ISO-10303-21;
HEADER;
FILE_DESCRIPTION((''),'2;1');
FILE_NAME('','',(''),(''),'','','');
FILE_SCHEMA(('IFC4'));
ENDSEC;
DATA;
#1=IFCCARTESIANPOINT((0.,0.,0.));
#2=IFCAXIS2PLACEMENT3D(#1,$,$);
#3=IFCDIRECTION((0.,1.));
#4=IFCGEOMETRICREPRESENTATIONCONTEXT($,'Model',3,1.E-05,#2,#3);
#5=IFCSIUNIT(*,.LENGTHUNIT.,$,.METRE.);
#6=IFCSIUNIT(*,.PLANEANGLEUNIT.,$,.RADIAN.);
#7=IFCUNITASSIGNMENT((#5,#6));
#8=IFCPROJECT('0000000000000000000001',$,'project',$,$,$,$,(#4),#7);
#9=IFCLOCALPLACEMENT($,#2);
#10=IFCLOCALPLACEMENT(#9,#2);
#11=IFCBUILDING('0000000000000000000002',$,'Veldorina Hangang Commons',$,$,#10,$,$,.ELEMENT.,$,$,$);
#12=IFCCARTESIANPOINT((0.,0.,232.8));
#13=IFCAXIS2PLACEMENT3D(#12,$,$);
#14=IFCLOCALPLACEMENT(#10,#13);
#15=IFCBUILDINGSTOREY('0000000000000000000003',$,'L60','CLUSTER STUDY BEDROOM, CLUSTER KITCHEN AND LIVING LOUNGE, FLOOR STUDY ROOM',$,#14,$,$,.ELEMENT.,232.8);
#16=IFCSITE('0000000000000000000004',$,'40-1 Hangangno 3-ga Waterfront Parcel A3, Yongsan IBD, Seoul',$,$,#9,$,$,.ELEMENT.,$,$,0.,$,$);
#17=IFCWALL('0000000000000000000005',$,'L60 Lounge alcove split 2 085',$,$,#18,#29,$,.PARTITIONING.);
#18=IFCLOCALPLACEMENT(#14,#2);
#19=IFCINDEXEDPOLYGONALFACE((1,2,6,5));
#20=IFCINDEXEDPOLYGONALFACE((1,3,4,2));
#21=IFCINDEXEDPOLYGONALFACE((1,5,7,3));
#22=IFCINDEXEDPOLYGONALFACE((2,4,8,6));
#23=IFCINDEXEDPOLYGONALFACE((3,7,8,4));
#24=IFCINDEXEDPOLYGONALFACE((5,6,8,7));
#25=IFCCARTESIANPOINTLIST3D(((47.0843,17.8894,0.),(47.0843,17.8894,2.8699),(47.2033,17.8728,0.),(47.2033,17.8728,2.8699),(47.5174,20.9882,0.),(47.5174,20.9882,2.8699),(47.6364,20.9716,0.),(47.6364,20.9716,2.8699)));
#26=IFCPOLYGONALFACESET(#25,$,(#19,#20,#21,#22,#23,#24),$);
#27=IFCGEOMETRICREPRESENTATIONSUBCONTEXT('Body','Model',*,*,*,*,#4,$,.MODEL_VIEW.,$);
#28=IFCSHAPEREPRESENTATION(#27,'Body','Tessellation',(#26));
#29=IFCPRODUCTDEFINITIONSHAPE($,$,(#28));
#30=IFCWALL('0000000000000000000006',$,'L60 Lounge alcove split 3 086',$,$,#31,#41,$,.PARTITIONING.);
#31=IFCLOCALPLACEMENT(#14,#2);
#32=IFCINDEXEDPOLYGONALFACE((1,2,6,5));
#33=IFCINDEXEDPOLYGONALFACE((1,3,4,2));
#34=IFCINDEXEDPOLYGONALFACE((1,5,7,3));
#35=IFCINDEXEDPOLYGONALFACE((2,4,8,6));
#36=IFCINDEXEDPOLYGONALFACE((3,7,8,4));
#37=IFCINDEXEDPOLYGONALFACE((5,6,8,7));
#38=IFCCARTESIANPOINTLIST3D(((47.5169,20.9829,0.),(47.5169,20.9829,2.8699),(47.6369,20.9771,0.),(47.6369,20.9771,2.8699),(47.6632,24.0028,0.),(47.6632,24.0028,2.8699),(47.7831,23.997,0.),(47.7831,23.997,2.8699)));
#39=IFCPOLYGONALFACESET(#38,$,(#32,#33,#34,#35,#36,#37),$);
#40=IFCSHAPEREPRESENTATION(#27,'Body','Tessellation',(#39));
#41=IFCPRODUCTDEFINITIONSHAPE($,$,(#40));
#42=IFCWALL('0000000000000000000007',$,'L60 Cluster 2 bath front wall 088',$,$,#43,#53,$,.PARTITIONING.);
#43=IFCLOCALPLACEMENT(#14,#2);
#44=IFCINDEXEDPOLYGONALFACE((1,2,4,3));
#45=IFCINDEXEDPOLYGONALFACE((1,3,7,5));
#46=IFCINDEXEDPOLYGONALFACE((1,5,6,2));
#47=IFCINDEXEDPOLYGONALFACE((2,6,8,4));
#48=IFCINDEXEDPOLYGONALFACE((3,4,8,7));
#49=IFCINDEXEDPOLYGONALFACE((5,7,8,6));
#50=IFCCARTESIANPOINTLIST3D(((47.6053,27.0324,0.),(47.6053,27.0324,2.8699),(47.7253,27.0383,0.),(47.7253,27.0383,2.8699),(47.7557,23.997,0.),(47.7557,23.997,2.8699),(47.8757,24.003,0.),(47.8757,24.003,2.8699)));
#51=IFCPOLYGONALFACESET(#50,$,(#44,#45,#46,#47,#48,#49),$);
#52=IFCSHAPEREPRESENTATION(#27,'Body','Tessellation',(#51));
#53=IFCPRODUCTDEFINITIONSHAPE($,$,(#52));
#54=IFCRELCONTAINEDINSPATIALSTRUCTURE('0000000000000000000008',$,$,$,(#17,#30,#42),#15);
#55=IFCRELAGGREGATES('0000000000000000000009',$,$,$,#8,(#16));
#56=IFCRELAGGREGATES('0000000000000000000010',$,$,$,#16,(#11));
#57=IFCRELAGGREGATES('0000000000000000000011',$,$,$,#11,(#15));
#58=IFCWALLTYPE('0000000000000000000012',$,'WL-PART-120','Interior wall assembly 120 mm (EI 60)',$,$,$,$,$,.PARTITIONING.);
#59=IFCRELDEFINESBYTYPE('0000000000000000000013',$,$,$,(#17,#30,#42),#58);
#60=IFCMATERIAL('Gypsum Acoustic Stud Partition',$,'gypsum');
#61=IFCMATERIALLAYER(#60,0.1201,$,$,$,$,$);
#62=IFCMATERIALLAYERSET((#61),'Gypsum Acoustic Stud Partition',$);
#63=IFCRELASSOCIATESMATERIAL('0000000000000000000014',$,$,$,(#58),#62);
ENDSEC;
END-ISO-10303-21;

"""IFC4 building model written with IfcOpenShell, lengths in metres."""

from ifc_helpers import new_model, si_unit, direction, frame, frame_2d, origin, place, context, subcontext, project, spatial, rectangle, extrude, material, layer, layer_set, type_object, element, save


model = new_model("IFC4")

# Units and contexts
model_context = context("Model", 3, precision=1e-05, world=origin(), true_north=direction((0.0, 1.0)))
body_context = subcontext(model_context, "Body", "Model", "MODEL_VIEW")
ifc_project = project(units=[si_unit("LENGTHUNIT", "METRE"), si_unit("PLANEANGLEUNIT", "RADIAN")], contexts=[model_context])

# Site, building, storey
site_placement = place(None, origin())
site = spatial("IfcSite", under=ifc_project, at=site_placement, Name="40-1 Hangangno 3-ga Waterfront Parcel A3, Yongsan IBD, Seoul", CompositionType="ELEMENT", RefElevation=0.0)
building_placement = place(site_placement, origin())
building = spatial("IfcBuilding", under=site, at=building_placement, Name="Veldorina Hangang Commons", CompositionType="ELEMENT")
storey_placement = place(building_placement, frame((0.0, 0.0, 232.8)))
storey = spatial("IfcBuildingStorey", under=building, at=storey_placement, Name="L60", Description="CLUSTER STUDY BEDROOM, CLUSTER KITCHEN AND LIVING LOUNGE, FLOOR STUDY ROOM", CompositionType="ELEMENT", Elevation=232.8)

# Walls
ifc_material_1 = material(Name="Gypsum Acoustic Stud Partition", Category="gypsum")
ifc_layer_1 = layer(ifc_material_1, 0.1201)
ifc_layer_set_1 = layer_set([ifc_layer_1], Name="Gypsum Acoustic Stud Partition")
wall_type_1 = type_object("IfcWallType", Name="WL-PART-120", Description="Interior wall assembly 120 mm (EI 60)", PredefinedType="PARTITIONING", material=ifc_layer_set_1)
wall_1_placement = place(storey_placement, frame((47.1438, 17.8811, 0.0), z_axis=(0.0, 0.0, 1.0), x_axis=(0.138417, 0.990374, 0.0)))
element("IfcWall", 1, at=wall_1_placement, inside=storey, type_object=wall_type_1, Name="L60 Lounge alcove split 2 085", PredefinedType="PARTITIONING", context=body_context, shape_type="SweptSolid", body=[
    extrude(rectangle(XDim=3.1289, YDim=0.1201, at=frame_2d((1.5645, 0.0))), origin(), (0.0, 0.0, 1.0), 2.8699),
])
wall_2_placement = place(storey_placement, frame((47.5769, 20.98, 0.0), z_axis=(0.0, 0.0, 1.0), x_axis=(0.048367, 0.99883, 0.0)))
element("IfcWall", 2, at=wall_2_placement, inside=storey, type_object=wall_type_1, Name="L60 Lounge alcove split 3 086", PredefinedType="PARTITIONING", context=body_context, shape_type="SweptSolid", body=[
    extrude(rectangle(XDim=3.0234, YDim=0.1201, at=frame_2d((1.5117, 0.0))), origin(), (0.0, 0.0, 1.0), 2.8699),
])
wall_3_placement = place(storey_placement, frame((47.8157, 24.0, 0.0), z_axis=(0.0, 0.0, 1.0), x_axis=(-0.049485, 0.998775, 0.0)))
element("IfcWall", 3, at=wall_3_placement, inside=storey, type_object=wall_type_1, Name="L60 Cluster 2 bath front wall 088", PredefinedType="PARTITIONING", context=body_context, shape_type="SweptSolid", body=[
    extrude(rectangle(XDim=3.0391, YDim=0.1201, at=frame_2d((1.5195, 0.0))), origin(), (0.0, 0.0, 1.0), 2.8699),
])

save(model, "model.ifc")
